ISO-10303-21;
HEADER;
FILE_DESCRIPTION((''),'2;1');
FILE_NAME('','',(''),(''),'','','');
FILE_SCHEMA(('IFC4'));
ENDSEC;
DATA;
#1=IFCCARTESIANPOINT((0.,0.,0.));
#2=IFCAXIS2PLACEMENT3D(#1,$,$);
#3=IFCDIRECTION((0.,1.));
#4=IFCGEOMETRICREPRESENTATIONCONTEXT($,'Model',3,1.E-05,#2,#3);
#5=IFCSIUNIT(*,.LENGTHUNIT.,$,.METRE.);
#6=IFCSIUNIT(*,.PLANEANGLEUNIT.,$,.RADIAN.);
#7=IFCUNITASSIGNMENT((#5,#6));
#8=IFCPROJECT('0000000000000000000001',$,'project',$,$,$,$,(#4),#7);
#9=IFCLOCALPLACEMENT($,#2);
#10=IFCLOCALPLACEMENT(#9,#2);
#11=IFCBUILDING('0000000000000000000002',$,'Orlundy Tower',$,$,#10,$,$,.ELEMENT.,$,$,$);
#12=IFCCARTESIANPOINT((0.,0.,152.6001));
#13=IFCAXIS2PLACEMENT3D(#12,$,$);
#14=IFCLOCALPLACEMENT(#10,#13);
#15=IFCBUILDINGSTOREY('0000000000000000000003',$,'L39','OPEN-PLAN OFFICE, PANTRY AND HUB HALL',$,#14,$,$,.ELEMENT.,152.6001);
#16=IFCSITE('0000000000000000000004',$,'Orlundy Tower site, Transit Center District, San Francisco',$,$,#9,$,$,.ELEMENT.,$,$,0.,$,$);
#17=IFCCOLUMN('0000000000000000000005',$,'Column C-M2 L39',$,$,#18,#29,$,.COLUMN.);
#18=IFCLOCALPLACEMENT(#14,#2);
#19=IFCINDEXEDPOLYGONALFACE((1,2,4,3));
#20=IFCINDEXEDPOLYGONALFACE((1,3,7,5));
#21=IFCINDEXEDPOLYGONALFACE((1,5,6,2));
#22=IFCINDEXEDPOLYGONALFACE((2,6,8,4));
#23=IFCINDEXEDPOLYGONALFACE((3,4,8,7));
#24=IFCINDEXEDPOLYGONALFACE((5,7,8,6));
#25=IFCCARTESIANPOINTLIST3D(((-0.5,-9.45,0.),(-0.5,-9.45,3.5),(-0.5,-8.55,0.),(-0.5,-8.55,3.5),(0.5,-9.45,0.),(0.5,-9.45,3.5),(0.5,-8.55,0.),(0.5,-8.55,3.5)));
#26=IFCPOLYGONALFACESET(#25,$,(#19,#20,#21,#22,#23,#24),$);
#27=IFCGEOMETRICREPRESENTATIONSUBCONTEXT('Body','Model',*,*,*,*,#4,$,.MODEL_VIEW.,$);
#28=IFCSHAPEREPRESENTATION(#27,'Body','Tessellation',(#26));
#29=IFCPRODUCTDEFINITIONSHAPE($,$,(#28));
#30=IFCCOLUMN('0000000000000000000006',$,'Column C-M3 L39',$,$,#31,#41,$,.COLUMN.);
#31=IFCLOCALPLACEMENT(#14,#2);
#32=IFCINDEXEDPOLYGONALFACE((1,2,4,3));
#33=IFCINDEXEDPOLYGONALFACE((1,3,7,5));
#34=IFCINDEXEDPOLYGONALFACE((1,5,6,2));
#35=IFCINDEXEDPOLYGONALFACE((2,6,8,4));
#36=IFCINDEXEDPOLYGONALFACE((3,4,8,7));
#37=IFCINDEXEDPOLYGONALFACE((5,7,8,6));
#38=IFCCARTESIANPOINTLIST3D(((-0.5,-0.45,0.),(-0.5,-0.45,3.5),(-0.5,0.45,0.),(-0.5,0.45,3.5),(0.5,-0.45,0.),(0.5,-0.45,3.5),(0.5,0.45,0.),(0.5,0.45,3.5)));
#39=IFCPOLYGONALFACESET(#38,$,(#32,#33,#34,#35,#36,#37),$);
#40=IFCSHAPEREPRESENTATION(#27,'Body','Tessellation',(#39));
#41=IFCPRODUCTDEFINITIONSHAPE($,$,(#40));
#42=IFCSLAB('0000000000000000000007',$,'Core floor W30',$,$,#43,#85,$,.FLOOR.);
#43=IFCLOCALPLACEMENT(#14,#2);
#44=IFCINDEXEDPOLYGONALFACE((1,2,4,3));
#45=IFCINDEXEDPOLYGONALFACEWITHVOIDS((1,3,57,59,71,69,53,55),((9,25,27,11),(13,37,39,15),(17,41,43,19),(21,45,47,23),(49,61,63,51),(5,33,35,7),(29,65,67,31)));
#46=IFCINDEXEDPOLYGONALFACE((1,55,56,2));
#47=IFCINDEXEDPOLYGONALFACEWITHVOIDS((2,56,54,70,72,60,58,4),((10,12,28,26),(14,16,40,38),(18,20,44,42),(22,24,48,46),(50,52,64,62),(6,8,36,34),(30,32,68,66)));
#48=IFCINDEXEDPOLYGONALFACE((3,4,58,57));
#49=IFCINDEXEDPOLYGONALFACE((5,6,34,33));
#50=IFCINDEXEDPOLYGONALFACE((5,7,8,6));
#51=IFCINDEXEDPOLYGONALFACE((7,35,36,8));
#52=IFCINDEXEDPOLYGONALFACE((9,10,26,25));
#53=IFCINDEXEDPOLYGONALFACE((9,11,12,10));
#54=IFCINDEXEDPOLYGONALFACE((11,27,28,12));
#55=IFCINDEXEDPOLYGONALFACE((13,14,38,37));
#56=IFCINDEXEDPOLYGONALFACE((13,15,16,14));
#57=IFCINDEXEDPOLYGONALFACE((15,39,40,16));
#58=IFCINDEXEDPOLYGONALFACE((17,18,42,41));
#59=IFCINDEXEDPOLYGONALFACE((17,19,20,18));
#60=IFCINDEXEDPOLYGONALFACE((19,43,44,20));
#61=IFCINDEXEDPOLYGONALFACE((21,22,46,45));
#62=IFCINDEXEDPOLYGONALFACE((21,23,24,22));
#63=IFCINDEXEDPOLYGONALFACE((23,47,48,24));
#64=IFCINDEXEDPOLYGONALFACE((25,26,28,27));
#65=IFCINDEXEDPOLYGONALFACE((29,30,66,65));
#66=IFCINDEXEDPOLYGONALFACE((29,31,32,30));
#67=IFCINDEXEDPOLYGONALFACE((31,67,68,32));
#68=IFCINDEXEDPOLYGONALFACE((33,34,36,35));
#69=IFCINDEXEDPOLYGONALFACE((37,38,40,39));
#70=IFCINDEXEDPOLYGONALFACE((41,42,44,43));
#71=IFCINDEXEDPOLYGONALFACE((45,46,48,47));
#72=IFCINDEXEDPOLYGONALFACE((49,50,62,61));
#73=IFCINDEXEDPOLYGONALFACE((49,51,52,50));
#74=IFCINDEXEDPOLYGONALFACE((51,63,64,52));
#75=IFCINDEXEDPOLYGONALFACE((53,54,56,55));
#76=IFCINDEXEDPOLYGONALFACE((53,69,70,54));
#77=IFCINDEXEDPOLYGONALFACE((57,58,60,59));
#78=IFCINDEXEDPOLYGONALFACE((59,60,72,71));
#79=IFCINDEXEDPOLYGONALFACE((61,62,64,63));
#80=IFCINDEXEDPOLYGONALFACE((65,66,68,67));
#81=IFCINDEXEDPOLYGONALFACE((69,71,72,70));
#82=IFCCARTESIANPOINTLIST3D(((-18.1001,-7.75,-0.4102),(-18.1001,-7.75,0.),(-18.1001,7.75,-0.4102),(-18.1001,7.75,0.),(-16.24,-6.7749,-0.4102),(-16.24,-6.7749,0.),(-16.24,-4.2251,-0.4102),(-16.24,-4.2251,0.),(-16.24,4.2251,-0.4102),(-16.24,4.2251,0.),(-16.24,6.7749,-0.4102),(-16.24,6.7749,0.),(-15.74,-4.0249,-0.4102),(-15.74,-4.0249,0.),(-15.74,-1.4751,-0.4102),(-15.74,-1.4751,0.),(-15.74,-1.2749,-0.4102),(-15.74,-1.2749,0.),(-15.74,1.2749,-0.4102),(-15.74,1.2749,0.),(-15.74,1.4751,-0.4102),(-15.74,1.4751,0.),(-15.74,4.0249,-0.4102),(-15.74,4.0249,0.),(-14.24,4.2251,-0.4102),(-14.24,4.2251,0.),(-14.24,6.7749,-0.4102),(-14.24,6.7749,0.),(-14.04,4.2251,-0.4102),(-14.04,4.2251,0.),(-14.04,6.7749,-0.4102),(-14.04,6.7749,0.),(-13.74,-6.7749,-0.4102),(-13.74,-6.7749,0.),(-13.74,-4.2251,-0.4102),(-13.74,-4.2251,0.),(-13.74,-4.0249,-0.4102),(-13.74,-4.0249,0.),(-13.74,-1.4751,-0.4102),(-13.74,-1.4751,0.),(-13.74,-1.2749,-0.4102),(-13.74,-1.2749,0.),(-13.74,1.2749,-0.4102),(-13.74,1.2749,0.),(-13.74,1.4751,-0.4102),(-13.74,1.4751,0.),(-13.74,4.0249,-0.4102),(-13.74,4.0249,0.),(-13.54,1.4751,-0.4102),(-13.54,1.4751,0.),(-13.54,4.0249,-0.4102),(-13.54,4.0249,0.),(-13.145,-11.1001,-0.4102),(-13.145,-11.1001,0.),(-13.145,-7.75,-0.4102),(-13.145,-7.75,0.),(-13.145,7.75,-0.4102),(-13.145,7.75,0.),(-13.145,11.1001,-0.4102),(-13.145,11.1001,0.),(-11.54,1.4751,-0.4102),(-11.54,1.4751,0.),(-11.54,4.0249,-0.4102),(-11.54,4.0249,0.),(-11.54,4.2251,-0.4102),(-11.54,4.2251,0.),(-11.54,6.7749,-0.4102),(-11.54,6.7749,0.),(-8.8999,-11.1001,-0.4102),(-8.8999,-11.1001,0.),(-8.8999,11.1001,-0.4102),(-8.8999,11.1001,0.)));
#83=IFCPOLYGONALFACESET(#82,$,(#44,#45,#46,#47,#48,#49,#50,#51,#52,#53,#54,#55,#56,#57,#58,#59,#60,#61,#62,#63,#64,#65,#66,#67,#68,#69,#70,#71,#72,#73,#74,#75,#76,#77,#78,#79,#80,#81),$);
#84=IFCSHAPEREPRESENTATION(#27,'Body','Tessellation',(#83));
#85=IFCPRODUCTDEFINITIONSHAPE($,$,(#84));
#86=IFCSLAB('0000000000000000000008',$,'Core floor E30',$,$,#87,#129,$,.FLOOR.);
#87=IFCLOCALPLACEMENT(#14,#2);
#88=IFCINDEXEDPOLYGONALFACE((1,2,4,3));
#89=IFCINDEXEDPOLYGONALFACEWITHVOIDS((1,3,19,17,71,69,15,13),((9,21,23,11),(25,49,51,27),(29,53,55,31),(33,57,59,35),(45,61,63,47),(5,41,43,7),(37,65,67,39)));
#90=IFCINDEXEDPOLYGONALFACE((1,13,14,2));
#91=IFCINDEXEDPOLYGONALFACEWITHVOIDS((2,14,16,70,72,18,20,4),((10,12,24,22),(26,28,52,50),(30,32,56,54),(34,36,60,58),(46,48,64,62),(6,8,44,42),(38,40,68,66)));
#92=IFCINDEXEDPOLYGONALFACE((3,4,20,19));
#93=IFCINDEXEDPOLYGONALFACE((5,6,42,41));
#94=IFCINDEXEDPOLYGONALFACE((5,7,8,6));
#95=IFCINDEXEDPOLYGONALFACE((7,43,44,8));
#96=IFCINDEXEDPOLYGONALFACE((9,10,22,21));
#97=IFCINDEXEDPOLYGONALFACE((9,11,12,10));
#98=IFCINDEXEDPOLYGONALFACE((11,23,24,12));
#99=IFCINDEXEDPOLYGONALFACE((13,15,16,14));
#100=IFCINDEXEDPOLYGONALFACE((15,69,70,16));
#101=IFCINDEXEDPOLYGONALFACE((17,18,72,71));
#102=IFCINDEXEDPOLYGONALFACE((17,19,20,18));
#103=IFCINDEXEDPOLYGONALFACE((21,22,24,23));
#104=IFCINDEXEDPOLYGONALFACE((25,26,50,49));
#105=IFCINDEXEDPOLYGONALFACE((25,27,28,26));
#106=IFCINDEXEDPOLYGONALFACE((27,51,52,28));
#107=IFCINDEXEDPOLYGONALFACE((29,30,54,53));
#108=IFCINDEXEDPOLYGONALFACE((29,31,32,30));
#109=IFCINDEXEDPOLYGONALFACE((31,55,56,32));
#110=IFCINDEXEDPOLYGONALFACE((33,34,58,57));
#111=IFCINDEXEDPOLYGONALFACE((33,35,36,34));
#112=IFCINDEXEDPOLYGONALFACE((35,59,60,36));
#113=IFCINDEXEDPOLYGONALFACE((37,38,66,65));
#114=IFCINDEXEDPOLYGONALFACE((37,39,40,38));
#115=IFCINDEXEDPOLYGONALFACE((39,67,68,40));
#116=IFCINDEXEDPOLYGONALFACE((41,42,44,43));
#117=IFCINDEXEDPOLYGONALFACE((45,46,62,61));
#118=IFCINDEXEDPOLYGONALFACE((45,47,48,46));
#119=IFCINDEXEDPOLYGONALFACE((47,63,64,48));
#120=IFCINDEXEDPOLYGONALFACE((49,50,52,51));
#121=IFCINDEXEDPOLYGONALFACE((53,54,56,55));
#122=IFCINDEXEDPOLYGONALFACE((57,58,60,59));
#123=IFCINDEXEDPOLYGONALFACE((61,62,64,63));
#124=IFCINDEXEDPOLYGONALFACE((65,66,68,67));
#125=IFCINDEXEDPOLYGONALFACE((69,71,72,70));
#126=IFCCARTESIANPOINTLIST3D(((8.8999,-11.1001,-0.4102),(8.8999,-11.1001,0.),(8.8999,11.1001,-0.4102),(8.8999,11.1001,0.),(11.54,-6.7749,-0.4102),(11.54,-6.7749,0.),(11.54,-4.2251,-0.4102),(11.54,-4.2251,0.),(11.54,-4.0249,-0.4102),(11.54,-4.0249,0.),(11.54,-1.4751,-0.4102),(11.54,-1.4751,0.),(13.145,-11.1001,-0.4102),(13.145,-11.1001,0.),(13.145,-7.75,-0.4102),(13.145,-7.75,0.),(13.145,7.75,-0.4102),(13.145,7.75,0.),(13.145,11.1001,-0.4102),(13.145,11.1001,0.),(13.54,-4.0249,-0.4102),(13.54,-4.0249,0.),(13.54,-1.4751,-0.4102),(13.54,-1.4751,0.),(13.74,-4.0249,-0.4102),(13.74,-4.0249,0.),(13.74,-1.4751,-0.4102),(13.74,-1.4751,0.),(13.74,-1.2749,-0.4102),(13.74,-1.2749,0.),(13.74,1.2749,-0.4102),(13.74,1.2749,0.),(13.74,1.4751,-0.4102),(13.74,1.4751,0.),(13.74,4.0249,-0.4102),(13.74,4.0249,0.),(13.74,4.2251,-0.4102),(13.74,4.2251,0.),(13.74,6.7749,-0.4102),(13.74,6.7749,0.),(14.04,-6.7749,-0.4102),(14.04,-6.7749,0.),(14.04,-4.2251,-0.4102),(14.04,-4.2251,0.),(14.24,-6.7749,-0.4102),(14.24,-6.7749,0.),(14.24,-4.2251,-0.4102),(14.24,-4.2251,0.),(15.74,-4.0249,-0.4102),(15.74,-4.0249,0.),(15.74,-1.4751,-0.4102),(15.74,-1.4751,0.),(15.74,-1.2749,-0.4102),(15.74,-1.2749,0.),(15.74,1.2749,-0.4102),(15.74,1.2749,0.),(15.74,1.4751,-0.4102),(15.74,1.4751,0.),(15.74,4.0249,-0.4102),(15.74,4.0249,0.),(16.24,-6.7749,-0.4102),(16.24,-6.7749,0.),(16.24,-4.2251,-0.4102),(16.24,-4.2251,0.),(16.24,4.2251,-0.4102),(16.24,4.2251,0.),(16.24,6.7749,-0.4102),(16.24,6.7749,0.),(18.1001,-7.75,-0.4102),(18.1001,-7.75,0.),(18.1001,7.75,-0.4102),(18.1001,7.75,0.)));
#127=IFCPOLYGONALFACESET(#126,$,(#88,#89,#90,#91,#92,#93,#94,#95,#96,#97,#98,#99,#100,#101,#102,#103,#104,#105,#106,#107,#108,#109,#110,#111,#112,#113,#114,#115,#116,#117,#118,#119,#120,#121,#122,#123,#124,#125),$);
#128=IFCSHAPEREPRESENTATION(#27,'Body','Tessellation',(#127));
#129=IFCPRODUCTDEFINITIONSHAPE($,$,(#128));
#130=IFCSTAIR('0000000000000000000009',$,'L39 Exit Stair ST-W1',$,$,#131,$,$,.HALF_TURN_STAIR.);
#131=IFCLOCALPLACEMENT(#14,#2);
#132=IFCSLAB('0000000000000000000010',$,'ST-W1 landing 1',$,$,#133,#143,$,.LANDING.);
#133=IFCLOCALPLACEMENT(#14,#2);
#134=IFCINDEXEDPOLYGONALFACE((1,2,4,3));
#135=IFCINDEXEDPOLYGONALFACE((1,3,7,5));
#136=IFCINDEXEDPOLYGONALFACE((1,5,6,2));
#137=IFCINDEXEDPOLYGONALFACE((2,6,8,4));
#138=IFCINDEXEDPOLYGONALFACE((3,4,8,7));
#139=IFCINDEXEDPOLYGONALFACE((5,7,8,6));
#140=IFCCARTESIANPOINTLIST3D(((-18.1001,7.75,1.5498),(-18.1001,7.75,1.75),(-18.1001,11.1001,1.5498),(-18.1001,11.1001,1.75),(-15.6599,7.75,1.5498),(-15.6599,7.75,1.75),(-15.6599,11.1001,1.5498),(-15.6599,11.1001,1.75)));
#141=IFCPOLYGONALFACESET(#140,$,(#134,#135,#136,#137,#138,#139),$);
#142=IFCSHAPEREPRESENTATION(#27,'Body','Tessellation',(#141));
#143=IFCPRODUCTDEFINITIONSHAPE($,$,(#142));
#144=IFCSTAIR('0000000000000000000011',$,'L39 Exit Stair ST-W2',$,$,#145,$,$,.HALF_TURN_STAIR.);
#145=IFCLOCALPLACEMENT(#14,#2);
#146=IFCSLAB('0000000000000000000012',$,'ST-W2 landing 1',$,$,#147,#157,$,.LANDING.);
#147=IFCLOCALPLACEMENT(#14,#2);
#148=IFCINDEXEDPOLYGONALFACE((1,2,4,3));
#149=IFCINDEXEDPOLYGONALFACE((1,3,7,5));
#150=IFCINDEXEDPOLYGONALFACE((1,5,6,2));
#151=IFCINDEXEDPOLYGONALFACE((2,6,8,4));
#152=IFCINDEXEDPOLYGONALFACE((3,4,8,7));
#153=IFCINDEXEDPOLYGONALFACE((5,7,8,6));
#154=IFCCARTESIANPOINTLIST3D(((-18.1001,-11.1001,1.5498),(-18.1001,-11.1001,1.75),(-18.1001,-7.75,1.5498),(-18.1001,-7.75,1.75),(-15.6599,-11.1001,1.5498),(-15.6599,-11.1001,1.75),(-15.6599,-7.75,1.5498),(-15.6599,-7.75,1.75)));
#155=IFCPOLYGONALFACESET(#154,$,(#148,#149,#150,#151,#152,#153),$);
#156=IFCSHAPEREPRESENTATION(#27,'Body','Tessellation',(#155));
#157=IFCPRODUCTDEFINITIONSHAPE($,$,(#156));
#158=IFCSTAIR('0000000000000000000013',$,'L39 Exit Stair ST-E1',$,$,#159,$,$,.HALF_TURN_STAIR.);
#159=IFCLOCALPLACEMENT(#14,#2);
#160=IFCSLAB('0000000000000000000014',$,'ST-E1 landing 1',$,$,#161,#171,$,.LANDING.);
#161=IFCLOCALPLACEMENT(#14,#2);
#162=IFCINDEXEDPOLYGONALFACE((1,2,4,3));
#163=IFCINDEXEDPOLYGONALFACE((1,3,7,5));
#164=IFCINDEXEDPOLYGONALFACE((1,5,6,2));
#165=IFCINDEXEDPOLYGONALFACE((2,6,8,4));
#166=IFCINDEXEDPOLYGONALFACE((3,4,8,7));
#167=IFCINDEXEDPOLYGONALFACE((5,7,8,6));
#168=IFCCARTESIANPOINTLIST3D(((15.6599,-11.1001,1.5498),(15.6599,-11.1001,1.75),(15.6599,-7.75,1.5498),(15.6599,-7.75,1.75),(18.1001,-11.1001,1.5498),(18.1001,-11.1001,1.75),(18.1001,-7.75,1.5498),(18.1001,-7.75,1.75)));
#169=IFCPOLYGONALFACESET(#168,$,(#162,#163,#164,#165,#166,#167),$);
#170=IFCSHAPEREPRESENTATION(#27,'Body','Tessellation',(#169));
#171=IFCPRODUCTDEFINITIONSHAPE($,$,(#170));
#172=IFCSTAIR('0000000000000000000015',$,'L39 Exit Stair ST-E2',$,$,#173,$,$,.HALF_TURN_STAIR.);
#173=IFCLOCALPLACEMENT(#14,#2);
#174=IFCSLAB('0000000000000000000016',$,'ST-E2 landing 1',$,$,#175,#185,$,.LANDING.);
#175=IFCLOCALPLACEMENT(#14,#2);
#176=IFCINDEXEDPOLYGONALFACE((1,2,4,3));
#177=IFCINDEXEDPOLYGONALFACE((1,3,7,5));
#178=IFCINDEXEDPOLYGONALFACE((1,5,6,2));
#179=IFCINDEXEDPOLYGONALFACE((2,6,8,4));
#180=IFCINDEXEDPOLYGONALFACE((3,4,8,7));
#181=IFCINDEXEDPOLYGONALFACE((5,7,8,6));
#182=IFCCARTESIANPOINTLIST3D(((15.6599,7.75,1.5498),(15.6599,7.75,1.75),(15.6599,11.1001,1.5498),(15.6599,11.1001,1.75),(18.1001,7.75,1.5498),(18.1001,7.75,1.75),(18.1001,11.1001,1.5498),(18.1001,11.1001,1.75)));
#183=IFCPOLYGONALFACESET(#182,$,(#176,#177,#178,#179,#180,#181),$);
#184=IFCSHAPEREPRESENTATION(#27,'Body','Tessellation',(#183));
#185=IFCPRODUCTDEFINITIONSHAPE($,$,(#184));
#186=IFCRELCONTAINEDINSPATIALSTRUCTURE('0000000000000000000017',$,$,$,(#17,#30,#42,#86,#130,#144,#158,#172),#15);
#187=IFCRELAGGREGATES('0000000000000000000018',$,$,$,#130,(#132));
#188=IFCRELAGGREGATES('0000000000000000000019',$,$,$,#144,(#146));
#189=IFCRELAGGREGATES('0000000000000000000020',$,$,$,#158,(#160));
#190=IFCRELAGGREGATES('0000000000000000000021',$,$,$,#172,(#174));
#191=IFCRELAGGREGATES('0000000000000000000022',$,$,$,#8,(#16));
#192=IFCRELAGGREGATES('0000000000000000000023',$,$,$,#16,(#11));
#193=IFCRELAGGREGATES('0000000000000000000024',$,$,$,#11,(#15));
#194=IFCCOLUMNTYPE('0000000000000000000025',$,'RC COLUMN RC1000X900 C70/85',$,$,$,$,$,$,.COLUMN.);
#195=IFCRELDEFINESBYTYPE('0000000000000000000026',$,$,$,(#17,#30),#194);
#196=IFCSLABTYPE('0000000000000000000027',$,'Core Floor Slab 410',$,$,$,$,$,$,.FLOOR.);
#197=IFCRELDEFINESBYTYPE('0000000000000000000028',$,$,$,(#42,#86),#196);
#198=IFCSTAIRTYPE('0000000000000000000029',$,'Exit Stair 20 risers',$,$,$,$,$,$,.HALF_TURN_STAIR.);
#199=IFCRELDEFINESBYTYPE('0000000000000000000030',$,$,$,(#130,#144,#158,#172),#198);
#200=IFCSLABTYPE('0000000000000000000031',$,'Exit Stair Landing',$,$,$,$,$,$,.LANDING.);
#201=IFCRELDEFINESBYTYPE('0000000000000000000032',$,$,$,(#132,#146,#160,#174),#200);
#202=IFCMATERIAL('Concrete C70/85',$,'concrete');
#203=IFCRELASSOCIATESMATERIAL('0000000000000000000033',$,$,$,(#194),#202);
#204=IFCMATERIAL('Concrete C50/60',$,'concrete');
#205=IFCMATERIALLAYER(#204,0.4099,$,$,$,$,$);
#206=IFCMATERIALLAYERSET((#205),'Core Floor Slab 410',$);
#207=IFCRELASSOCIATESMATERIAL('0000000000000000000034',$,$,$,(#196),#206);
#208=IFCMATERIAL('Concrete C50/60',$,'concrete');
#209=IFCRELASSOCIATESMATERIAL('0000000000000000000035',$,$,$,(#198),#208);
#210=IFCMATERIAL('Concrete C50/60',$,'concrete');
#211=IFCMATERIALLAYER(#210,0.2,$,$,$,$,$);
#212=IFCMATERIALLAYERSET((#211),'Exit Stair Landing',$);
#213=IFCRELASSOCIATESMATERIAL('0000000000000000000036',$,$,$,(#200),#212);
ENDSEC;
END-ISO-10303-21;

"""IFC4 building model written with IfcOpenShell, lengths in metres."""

from ifc_helpers import new_model, si_unit, direction, frame, origin, origin_2d, place, context, subcontext, project, spatial, polyline, rectangle, outline, extrude, material, layer, layer_set, material_profile, profile_set, type_object, element, aggregate, save


model = new_model("IFC4")

# Units and contexts
model_context = context("Model", 3, precision=1e-05, world=origin(), true_north=direction((0.0, 1.0)))
body_context = subcontext(model_context, "Body", "Model", "MODEL_VIEW")
ifc_project = project(units=[si_unit("LENGTHUNIT", "METRE"), si_unit("PLANEANGLEUNIT", "RADIAN")], contexts=[model_context])

# Site, building, storey
site_placement = place(None, origin())
site = spatial("IfcSite", under=ifc_project, at=site_placement, Name="Orlundy Tower site, Transit Center District, San Francisco", CompositionType="ELEMENT", RefElevation=0.0)
building_placement = place(site_placement, origin())
building = spatial("IfcBuilding", under=site, at=building_placement, Name="Orlundy Tower", CompositionType="ELEMENT")
storey_placement = place(building_placement, frame((0.0, 0.0, 152.6001)))
storey = spatial("IfcBuildingStorey", under=building, at=storey_placement, Name="L39", Description="OPEN-PLAN OFFICE, PANTRY AND HUB HALL", CompositionType="ELEMENT", Elevation=152.6001)

# Columns
ifc_material_1 = material(Name="Concrete C70/85", Category="concrete")
ifc_material_profile = material_profile(ifc_material_1, rectangle(XDim=1.0, YDim=0.8999, at=origin_2d()), Name="RC1000X900")
ifc_profile_set = profile_set([ifc_material_profile], Name="Concrete C70/85")
column_type = type_object("IfcColumnType", Name="RC COLUMN RC1000X900 C70/85", PredefinedType="COLUMN", material=ifc_profile_set)
for number, where, z_axis, x_axis, name in (
    (1, (0.0, -9.0, 0.0), (0.0, 0.0, 1.0), (1.0, 0.0, 0.0), "Column C-M2 L39"),
    (2, (0.0, 0.0, 0.0), (0.0, 0.0, 1.0), (1.0, 0.0, 0.0), "Column C-M3 L39"),
):
    element("IfcColumn", number, at=place(storey_placement, frame(where, z_axis=z_axis, x_axis=x_axis)), inside=storey, type_object=column_type, Name=name, PredefinedType="COLUMN", context=body_context, shape_type="SweptSolid", body=[
        extrude(rectangle(XDim=1.0, YDim=0.8999, at=origin_2d()), origin(), (0.0, 0.0, 1.0), 3.5),
    ])

# Slabs
ifc_material_2 = material(Name="Concrete C50/60", Category="concrete")
ifc_layer_1 = layer(ifc_material_2, 0.4099)
ifc_layer_set_1 = layer_set([ifc_layer_1], Name="Core Floor Slab 410")
slab_type_1 = type_object("IfcSlabType", Name="Core Floor Slab 410", PredefinedType="FLOOR", material=ifc_layer_set_1)
slab_1_placement = place(storey_placement, frame((0.0, 0.0, -0.4102)))
element("IfcSlab", 3, at=slab_1_placement, inside=storey, type_object=slab_type_1, Name="Core floor W30", PredefinedType="FLOOR", context=body_context, shape_type="SweptSolid", body=[
    extrude(outline(polyline([(-13.145, -11.1001), (-13.145, -7.75), (-18.1001, -7.75), (-18.1001, 7.75), (-13.145, 7.75), (-13.145, 11.1001), (-8.8999, 11.1001), (-8.8999, -11.1001), (-13.145, -11.1001)]), holes=[polyline([(-13.74, -4.2251), (-16.24, -4.2251), (-16.24, -6.7749), (-13.74, -6.7749), (-13.74, -4.2251)]), polyline([(-13.74, -4.0249), (-13.74, -1.4751), (-15.74, -1.4751), (-15.74, -4.0249), (-13.74, -4.0249)]), polyline([(-15.74, -1.2749), (-13.74, -1.2749), (-13.74, 1.2749), (-15.74, 1.2749), (-15.74, -1.2749)]), polyline([(-13.54, 4.0249), (-13.54, 1.4751), (-11.54, 1.4751), (-11.54, 4.0249), (-13.54, 4.0249)]), polyline([(-13.74, 4.0249), (-15.74, 4.0249), (-15.74, 1.4751), (-13.74, 1.4751), (-13.74, 4.0249)]), polyline([(-11.54, 4.2251), (-11.54, 6.7749), (-14.04, 6.7749), (-14.04, 4.2251), (-11.54, 4.2251)]), polyline([(-16.24, 4.2251), (-14.24, 4.2251), (-14.24, 6.7749), (-16.24, 6.7749), (-16.24, 4.2251)])]), origin(), (0.0, 0.0, 1.0), 0.4102),
])
slab_2_placement = place(storey_placement, frame((0.0, 0.0, -0.4102)))
element("IfcSlab", 4, at=slab_2_placement, inside=storey, type_object=slab_type_1, Name="Core floor E30", PredefinedType="FLOOR", context=body_context, shape_type="SweptSolid", body=[
    extrude(outline(polyline([(13.145, 11.1001), (13.145, 7.75), (18.1001, 7.75), (18.1001, -7.75), (13.145, -7.75), (13.145, -11.1001), (8.8999, -11.1001), (8.8999, 11.1001), (13.145, 11.1001)]), holes=[polyline([(13.74, 4.2251), (16.24, 4.2251), (16.24, 6.7749), (13.74, 6.7749), (13.74, 4.2251)]), polyline([(13.74, 4.0249), (13.74, 1.4751), (15.74, 1.4751), (15.74, 4.0249), (13.74, 4.0249)]), polyline([(15.74, 1.2749), (13.74, 1.2749), (13.74, -1.2749), (15.74, -1.2749), (15.74, 1.2749)]), polyline([(13.54, -4.0249), (13.54, -1.4751), (11.54, -1.4751), (11.54, -4.0249), (13.54, -4.0249)]), polyline([(13.74, -4.0249), (15.74, -4.0249), (15.74, -1.4751), (13.74, -1.4751), (13.74, -4.0249)]), polyline([(11.54, -4.2251), (11.54, -6.7749), (14.04, -6.7749), (14.04, -4.2251), (11.54, -4.2251)]), polyline([(16.24, -4.2251), (14.24, -4.2251), (14.24, -6.7749), (16.24, -6.7749), (16.24, -4.2251)])]), origin(), (0.0, 0.0, 1.0), 0.4102),
])

# Stairs, slabs
ifc_material_3 = material(Name="Concrete C50/60", Category="concrete")
stair_type = type_object("IfcStairType", Name="Exit Stair 20 risers", PredefinedType="HALF_TURN_STAIR", material=ifc_material_3)
stair_1_placement = place(storey_placement, origin())
stair_1 = element("IfcStair", 5, at=stair_1_placement, inside=storey, type_object=stair_type, Name="L39 Exit Stair ST-W1", PredefinedType="HALF_TURN_STAIR")
ifc_material_4 = material(Name="Concrete C50/60", Category="concrete")
ifc_layer_2 = layer(ifc_material_4, 0.2)
ifc_layer_set_2 = layer_set([ifc_layer_2], Name="Exit Stair Landing")
slab_type_2 = type_object("IfcSlabType", Name="Exit Stair Landing", PredefinedType="LANDING", material=ifc_layer_set_2)
slab_3_placement = place(storey_placement, frame((0.0, 0.0, 1.5498)))
slab_3 = element("IfcSlab", 6, at=slab_3_placement, type_object=slab_type_2, Name="ST-W1 landing 1", PredefinedType="LANDING", context=body_context, shape_type="SweptSolid", body=[
    extrude(outline(polyline([(-15.6599, 11.1001), (-18.1001, 11.1001), (-18.1001, 7.75), (-15.6599, 7.75), (-15.6599, 11.1001)])), origin(), (0.0, 0.0, 1.0), 0.2002),
])
aggregate(stair_1, [slab_3])
stair_2_placement = place(storey_placement, origin())
stair_2 = element("IfcStair", 7, at=stair_2_placement, inside=storey, type_object=stair_type, Name="L39 Exit Stair ST-W2", PredefinedType="HALF_TURN_STAIR")
slab_4_placement = place(storey_placement, frame((0.0, 0.0, 1.5498)))
slab_4 = element("IfcSlab", 8, at=slab_4_placement, type_object=slab_type_2, Name="ST-W2 landing 1", PredefinedType="LANDING", context=body_context, shape_type="SweptSolid", body=[
    extrude(outline(polyline([(-15.6599, -7.75), (-18.1001, -7.75), (-18.1001, -11.1001), (-15.6599, -11.1001), (-15.6599, -7.75)])), origin(), (0.0, 0.0, 1.0), 0.2002),
])
aggregate(stair_2, [slab_4])
stair_3_placement = place(storey_placement, origin())
stair_3 = element("IfcStair", 9, at=stair_3_placement, inside=storey, type_object=stair_type, Name="L39 Exit Stair ST-E1", PredefinedType="HALF_TURN_STAIR")
slab_5_placement = place(storey_placement, frame((0.0, 0.0, 1.5498)))
slab_5 = element("IfcSlab", 10, at=slab_5_placement, type_object=slab_type_2, Name="ST-E1 landing 1", PredefinedType="LANDING", context=body_context, shape_type="SweptSolid", body=[
    extrude(outline(polyline([(15.6599, -11.1001), (18.1001, -11.1001), (18.1001, -7.75), (15.6599, -7.75), (15.6599, -11.1001)])), origin(), (0.0, 0.0, 1.0), 0.2002),
])
aggregate(stair_3, [slab_5])
stair_4_placement = place(storey_placement, origin())
stair_4 = element("IfcStair", 11, at=stair_4_placement, inside=storey, type_object=stair_type, Name="L39 Exit Stair ST-E2", PredefinedType="HALF_TURN_STAIR")
slab_6_placement = place(storey_placement, frame((0.0, 0.0, 1.5498)))
slab_6 = element("IfcSlab", 12, at=slab_6_placement, type_object=slab_type_2, Name="ST-E2 landing 1", PredefinedType="LANDING", context=body_context, shape_type="SweptSolid", body=[
    extrude(outline(polyline([(15.6599, 7.75), (18.1001, 7.75), (18.1001, 11.1001), (15.6599, 11.1001), (15.6599, 7.75)])), origin(), (0.0, 0.0, 1.0), 0.2002),
])
aggregate(stair_4, [slab_6])

save(model, "model.ifc")
